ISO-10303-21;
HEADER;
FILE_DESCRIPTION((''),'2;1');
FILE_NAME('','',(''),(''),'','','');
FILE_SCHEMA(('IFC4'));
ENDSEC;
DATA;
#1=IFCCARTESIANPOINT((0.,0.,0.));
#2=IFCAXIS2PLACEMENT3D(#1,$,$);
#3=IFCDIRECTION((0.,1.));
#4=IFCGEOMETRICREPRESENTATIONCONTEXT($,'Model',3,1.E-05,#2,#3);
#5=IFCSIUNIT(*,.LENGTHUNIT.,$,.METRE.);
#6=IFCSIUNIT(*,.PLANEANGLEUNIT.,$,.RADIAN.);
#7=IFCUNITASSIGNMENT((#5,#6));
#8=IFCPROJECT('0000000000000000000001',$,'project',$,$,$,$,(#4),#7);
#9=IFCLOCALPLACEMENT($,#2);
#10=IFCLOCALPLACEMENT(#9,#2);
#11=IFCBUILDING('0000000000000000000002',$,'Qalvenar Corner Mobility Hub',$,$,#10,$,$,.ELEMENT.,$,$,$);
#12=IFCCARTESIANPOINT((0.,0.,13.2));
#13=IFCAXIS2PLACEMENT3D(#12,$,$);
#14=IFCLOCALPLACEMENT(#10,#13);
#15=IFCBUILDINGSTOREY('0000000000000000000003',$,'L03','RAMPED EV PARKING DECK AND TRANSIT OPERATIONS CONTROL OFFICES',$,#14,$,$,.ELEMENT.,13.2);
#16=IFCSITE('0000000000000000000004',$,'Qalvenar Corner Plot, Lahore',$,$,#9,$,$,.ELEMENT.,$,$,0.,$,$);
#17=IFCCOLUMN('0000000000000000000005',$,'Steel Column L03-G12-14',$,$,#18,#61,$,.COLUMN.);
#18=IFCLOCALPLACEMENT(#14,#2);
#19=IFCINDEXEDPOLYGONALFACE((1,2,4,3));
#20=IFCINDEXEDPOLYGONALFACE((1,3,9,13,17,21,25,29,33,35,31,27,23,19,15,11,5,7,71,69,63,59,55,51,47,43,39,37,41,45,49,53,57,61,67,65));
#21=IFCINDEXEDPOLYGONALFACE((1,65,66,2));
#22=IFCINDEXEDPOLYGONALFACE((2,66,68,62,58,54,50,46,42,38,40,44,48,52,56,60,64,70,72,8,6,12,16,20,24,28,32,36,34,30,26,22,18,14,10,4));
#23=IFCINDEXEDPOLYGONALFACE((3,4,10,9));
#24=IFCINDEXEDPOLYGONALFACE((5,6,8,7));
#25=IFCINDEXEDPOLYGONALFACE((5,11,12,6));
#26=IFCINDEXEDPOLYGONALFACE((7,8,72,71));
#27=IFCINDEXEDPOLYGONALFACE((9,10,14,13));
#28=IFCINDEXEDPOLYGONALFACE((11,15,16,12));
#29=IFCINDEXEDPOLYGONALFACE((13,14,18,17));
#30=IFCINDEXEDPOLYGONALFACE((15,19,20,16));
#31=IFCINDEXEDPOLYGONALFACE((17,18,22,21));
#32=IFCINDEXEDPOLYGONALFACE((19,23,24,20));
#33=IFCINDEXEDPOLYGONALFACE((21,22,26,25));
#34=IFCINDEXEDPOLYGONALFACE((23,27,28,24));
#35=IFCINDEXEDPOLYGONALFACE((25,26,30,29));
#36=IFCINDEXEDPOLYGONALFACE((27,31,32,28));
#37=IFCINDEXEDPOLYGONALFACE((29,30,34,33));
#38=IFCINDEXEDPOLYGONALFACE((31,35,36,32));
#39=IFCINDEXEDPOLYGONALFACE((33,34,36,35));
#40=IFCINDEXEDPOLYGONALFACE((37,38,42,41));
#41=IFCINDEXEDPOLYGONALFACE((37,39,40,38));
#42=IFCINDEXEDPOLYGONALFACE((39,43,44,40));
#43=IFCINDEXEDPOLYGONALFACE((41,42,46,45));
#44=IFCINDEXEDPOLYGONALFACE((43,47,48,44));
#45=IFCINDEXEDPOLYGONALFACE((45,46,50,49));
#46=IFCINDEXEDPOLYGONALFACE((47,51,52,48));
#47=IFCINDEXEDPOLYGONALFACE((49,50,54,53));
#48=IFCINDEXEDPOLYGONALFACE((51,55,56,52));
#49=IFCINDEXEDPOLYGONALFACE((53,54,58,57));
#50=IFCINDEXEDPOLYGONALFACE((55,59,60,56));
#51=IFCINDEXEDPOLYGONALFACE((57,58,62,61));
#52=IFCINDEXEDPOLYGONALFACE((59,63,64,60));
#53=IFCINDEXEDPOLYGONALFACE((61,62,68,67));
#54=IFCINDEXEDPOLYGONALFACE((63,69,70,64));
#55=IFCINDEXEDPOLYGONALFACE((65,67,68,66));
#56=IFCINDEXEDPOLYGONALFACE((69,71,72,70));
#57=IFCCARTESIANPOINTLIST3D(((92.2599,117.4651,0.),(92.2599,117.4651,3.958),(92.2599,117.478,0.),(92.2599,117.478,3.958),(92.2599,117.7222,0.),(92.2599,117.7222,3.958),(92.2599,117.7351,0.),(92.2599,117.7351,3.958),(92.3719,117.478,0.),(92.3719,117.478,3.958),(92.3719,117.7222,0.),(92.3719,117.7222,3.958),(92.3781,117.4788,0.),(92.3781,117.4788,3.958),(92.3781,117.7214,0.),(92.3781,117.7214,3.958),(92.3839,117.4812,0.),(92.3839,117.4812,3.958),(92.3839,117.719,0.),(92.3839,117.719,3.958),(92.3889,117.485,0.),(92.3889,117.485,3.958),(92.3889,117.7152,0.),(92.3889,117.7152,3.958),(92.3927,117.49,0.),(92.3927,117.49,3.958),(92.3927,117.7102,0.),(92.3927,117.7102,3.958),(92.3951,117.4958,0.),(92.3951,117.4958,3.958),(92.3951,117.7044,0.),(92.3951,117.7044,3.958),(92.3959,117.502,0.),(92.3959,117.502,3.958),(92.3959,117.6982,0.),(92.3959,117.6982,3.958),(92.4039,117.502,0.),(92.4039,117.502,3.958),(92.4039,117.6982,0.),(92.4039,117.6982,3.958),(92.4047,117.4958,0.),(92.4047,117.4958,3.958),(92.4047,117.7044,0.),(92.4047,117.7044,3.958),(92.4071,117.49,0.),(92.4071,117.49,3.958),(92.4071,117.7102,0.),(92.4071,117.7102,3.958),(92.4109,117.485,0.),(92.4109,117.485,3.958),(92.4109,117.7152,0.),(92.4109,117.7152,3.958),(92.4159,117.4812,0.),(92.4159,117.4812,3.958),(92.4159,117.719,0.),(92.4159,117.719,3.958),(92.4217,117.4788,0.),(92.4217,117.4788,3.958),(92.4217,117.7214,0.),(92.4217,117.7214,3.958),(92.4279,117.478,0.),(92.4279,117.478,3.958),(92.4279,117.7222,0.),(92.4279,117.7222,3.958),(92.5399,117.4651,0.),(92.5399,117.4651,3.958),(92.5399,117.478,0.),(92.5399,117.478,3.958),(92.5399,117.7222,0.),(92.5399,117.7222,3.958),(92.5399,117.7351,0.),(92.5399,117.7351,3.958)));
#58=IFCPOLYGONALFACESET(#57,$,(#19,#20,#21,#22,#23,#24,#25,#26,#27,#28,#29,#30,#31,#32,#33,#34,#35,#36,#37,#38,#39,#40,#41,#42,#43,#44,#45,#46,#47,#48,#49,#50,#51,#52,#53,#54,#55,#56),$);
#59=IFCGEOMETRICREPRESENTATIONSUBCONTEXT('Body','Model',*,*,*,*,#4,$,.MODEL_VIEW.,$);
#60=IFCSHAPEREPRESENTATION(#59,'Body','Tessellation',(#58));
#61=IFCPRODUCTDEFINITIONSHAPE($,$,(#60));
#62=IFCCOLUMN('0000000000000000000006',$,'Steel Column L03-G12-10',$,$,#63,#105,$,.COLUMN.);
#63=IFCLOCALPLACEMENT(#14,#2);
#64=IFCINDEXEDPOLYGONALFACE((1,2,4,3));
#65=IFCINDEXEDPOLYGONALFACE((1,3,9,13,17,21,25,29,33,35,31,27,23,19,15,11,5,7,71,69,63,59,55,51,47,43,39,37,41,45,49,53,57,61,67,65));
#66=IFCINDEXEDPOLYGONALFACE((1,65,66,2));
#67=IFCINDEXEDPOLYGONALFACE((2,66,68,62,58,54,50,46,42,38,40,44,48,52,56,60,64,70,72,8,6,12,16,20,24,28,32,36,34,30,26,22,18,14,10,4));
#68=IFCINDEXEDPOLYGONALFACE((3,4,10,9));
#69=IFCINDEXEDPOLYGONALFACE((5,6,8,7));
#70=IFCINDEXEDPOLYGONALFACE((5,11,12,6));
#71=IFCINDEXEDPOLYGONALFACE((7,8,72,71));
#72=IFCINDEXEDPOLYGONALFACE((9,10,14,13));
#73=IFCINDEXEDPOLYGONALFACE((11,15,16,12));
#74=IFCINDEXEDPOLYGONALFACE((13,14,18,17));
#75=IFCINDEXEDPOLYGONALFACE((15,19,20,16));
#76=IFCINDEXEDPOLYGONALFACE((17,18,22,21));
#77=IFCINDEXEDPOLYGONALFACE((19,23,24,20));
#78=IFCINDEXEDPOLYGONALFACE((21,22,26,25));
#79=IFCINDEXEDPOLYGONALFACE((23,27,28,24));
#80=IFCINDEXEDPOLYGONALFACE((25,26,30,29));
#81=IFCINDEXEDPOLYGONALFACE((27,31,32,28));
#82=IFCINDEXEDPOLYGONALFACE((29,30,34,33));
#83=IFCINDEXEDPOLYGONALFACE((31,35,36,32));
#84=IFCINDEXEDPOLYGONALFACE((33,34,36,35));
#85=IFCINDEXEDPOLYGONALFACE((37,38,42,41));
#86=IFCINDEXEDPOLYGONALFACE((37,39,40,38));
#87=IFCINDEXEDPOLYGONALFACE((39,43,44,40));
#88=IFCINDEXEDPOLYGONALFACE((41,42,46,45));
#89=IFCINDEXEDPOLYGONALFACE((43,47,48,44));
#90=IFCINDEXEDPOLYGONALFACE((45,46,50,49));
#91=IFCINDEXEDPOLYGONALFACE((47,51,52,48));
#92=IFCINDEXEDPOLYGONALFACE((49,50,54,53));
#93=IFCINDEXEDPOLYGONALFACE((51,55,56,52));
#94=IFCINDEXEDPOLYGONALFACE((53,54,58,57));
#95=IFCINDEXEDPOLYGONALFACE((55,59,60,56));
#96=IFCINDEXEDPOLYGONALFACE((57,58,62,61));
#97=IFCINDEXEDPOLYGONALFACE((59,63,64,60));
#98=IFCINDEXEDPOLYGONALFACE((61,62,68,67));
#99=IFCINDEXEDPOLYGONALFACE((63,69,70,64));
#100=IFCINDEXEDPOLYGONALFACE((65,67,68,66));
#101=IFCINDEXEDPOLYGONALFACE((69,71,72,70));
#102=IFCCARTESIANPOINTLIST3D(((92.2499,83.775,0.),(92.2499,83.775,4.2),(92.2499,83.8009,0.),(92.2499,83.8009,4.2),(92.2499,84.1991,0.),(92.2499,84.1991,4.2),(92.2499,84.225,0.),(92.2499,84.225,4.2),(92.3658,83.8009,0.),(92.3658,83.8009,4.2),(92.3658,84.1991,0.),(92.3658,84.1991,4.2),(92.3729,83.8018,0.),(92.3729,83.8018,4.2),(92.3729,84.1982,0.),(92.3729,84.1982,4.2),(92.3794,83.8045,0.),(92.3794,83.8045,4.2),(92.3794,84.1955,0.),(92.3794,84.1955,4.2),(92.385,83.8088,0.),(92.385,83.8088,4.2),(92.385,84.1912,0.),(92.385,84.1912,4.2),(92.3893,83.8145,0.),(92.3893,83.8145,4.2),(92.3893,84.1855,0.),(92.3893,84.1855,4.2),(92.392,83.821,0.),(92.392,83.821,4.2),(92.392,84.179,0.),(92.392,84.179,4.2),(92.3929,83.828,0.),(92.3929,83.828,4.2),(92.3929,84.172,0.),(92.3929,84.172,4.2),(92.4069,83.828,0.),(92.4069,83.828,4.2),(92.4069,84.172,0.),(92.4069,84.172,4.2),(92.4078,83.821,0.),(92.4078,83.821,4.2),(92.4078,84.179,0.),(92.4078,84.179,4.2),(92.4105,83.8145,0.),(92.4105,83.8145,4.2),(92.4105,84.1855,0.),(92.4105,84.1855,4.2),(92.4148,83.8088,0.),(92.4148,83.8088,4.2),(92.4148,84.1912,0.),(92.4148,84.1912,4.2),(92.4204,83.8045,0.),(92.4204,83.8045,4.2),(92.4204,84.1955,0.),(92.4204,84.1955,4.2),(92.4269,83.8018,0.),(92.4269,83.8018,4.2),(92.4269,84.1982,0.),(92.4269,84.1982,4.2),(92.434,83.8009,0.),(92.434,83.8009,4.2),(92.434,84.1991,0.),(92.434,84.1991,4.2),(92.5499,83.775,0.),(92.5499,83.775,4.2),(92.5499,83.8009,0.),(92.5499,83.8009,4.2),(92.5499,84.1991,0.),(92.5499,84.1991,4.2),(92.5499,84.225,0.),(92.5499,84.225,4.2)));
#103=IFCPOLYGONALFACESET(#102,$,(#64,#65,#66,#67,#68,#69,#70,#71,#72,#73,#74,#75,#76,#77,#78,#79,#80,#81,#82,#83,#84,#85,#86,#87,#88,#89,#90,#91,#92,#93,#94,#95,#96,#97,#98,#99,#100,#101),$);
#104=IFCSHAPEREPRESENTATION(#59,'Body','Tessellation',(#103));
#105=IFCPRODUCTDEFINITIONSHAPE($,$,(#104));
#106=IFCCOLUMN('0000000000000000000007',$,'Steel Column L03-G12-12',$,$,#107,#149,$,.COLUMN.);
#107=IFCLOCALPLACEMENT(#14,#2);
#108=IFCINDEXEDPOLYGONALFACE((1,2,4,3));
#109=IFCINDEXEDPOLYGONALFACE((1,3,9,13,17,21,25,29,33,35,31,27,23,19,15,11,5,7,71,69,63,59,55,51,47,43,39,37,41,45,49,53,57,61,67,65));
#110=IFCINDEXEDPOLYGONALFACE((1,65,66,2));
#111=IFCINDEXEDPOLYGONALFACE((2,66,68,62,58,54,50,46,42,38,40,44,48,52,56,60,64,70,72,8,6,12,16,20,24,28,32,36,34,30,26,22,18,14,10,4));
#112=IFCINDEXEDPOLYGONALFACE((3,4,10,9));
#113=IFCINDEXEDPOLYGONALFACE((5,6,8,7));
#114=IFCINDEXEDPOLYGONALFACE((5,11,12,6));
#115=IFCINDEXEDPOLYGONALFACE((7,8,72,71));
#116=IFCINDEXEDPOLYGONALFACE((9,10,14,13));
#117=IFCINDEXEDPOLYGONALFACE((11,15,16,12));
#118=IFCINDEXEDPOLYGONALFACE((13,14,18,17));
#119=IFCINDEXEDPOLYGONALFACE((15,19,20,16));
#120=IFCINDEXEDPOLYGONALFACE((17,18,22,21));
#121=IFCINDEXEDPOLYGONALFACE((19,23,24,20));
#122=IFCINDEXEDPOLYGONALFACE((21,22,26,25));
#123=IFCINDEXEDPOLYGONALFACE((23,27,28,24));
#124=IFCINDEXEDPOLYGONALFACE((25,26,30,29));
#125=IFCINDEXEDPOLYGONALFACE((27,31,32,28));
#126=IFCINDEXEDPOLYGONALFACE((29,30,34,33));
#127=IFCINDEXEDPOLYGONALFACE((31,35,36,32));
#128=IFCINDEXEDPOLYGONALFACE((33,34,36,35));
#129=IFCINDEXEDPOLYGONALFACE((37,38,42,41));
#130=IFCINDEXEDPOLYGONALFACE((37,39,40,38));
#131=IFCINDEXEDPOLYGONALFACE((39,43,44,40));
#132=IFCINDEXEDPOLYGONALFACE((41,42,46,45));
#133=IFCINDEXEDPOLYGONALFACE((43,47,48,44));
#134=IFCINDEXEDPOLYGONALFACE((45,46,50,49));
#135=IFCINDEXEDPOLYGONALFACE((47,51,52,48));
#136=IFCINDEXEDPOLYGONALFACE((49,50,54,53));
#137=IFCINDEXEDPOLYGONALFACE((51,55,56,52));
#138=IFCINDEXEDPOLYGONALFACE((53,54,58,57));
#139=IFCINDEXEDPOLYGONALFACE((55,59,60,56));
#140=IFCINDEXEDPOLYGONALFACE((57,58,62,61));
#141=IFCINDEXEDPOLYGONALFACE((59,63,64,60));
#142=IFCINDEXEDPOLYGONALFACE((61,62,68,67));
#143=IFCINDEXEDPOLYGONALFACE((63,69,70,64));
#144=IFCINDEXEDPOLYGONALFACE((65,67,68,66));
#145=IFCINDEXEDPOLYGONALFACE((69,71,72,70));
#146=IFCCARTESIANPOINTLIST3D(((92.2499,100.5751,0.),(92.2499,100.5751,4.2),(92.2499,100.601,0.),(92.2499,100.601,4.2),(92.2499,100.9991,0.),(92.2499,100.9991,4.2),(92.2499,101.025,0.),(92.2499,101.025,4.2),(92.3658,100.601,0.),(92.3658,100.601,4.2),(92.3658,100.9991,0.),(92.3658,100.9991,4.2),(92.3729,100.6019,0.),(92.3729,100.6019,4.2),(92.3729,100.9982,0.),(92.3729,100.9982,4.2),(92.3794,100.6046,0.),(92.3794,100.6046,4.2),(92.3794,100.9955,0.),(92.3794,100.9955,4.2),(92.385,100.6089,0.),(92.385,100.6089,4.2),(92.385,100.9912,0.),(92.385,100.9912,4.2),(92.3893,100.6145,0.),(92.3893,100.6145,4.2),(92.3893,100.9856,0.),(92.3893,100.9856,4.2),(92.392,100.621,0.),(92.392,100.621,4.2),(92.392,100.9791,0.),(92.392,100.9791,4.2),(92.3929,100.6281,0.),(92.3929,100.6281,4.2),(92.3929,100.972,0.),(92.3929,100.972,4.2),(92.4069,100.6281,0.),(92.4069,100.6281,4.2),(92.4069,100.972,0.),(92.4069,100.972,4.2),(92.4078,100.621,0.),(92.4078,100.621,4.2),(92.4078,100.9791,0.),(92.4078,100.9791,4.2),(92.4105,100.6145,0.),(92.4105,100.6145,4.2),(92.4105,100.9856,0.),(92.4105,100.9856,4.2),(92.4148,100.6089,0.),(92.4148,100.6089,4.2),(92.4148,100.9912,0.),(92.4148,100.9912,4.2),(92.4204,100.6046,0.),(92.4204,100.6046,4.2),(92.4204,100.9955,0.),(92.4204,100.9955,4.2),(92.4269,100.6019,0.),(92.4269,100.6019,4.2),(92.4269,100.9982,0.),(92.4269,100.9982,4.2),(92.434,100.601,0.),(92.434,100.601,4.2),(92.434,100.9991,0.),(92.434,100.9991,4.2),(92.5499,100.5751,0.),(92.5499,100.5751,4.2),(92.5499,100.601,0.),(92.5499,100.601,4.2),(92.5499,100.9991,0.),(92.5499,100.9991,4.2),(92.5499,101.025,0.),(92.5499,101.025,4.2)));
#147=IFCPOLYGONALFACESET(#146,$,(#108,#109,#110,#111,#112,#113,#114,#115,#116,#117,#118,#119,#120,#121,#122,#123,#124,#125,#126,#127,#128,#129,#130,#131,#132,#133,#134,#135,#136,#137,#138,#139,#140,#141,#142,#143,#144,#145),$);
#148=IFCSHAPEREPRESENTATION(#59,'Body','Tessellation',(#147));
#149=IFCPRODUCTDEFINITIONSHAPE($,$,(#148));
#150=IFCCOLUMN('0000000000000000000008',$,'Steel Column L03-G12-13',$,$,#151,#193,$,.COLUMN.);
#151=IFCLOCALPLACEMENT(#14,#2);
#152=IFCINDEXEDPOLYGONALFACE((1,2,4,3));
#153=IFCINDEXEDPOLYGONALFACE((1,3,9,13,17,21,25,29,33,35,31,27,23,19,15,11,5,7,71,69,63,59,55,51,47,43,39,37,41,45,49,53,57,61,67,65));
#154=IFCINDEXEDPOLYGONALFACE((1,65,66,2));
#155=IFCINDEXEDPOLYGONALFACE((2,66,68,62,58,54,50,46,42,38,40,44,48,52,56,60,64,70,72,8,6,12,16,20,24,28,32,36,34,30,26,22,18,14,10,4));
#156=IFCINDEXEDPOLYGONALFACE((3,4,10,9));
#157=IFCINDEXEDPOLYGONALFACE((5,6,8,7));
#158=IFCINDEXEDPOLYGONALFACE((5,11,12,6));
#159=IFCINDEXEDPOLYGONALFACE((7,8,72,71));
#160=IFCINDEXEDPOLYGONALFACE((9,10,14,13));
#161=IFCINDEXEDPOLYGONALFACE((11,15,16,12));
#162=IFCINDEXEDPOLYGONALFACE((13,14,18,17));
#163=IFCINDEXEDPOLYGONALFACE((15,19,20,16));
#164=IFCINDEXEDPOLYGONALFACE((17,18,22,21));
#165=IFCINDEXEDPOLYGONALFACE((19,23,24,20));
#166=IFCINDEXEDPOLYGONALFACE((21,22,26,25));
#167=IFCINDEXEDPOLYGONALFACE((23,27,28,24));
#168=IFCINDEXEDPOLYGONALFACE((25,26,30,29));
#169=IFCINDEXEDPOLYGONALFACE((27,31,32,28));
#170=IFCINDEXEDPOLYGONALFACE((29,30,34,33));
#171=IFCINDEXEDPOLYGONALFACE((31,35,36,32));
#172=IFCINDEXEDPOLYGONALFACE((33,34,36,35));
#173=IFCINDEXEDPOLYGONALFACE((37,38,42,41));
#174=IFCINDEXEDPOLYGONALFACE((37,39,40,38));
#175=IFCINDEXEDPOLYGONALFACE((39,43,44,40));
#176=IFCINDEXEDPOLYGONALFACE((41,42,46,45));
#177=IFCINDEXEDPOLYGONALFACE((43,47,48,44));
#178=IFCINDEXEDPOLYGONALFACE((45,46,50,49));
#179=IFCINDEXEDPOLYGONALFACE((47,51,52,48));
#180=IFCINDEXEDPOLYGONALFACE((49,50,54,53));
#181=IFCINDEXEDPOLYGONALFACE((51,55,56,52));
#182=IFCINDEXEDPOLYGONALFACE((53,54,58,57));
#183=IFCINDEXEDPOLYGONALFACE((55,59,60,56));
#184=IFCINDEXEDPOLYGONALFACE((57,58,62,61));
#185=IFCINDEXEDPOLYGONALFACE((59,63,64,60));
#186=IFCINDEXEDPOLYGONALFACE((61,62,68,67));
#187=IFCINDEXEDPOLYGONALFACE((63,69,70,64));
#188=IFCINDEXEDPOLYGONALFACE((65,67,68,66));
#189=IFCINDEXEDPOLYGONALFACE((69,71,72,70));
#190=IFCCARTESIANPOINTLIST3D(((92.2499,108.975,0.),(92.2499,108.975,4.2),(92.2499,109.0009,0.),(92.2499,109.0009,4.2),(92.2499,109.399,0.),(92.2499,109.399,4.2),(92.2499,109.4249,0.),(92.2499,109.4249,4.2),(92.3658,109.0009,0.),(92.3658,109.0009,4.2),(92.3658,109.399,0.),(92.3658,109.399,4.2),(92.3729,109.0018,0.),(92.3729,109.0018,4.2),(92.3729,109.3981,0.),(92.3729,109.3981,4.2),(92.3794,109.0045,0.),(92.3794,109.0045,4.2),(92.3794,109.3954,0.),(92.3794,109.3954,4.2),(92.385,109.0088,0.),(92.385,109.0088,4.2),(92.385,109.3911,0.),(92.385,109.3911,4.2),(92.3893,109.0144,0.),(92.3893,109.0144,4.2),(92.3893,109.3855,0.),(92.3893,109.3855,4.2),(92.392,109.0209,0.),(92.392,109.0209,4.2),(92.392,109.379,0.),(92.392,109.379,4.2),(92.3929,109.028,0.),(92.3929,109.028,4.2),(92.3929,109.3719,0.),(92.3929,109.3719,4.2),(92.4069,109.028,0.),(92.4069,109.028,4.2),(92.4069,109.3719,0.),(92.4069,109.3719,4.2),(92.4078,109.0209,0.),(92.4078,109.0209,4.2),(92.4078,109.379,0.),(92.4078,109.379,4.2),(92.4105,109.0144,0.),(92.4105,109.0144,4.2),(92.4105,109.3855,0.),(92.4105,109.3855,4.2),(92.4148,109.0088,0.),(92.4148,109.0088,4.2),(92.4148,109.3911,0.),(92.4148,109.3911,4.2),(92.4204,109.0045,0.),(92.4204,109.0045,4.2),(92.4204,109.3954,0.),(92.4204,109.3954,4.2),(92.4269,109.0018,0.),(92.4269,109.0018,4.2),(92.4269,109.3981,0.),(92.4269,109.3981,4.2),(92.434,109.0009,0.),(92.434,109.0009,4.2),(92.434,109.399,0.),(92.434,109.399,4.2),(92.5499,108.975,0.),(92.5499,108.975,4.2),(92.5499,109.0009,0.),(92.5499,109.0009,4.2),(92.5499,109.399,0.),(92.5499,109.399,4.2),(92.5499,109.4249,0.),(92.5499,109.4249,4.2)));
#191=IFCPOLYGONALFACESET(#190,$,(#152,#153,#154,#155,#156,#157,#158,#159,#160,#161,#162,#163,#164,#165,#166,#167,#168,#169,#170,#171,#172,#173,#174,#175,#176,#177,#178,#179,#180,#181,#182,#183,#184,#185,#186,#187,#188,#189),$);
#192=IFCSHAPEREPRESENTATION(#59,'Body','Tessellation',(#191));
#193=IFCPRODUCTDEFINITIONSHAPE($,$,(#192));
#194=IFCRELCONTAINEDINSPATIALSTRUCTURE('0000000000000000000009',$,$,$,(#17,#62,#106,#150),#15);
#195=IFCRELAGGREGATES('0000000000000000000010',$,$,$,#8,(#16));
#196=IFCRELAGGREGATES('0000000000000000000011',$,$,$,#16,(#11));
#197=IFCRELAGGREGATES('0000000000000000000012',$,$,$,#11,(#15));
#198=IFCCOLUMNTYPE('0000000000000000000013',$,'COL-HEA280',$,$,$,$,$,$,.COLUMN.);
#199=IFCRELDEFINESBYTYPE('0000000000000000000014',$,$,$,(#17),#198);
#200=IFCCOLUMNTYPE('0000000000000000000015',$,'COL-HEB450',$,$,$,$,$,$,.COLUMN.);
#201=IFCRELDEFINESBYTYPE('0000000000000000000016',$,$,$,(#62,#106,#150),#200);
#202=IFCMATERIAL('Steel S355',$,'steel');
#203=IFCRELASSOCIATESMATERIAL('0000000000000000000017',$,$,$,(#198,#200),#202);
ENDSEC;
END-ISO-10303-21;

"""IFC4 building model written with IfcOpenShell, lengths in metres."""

from ifc_helpers import new_model, si_unit, direction, frame, origin, origin_2d, place, context, subcontext, project, spatial, i_section, extrude, material, material_profile, profile_set, type_object, element, save


model = new_model("IFC4")

# Units and contexts
model_context = context("Model", 3, precision=1e-05, world=origin(), true_north=direction((0.0, 1.0)))
body_context = subcontext(model_context, "Body", "Model", "MODEL_VIEW")
ifc_project = project(units=[si_unit("LENGTHUNIT", "METRE"), si_unit("PLANEANGLEUNIT", "RADIAN")], contexts=[model_context])

# Site, building, storey
site_placement = place(None, origin())
site = spatial("IfcSite", under=ifc_project, at=site_placement, Name="Qalvenar Corner Plot, Lahore", CompositionType="ELEMENT", RefElevation=0.0)
building_placement = place(site_placement, origin())
building = spatial("IfcBuilding", under=site, at=building_placement, Name="Qalvenar Corner Mobility Hub", CompositionType="ELEMENT")
storey_placement = place(building_placement, frame((0.0, 0.0, 13.2)))
storey = spatial("IfcBuildingStorey", under=building, at=storey_placement, Name="L03", Description="RAMPED EV PARKING DECK AND TRANSIT OPERATIONS CONTROL OFFICES", CompositionType="ELEMENT", Elevation=13.2)

# Columns
ifc_material = material(Name="Steel S355", Category="steel")
ifc_material_profile_1 = material_profile(ifc_material, i_section(OverallWidth=0.28, OverallDepth=0.27, WebThickness=0.0081, FlangeThickness=0.0129, FilletRadius=0.0239, at=origin_2d()), Name="HEA280")
ifc_profile_set_1 = profile_set([ifc_material_profile_1], Name="Steel S355")
column_type_1 = type_object("IfcColumnType", Name="COL-HEA280", PredefinedType="COLUMN", material=ifc_profile_set_1)
column_placement = place(storey_placement, frame((92.3999, 117.6001, 0.0), z_axis=(0.0, 0.0, 1.0), x_axis=(1.0, 0.0, 0.0)))
element("IfcColumn", 1, at=column_placement, inside=storey, type_object=column_type_1, Name="Steel Column L03-G12-14", PredefinedType="COLUMN", context=body_context, shape_type="SweptSolid", body=[
    extrude(i_section(OverallWidth=0.28, OverallDepth=0.27, WebThickness=0.0081, FlangeThickness=0.0129, FilletRadius=0.0239, at=origin_2d()), origin(), (0.0, 0.0, 1.0), 3.958),
])
ifc_material_profile_2 = material_profile(ifc_material, i_section(OverallWidth=0.3, OverallDepth=0.45, WebThickness=0.0139, FlangeThickness=0.0259, FilletRadius=0.0271, at=origin_2d()), Name="HEB450")
ifc_profile_set_2 = profile_set([ifc_material_profile_2], Name="Steel S355")
column_type_2 = type_object("IfcColumnType", Name="COL-HEB450", PredefinedType="COLUMN", material=ifc_profile_set_2)
for number, where, z_axis, x_axis, name in (
    (2, (92.3999, 84.0, 0.0), (0.0, 0.0, 1.0), (1.0, 0.0, 0.0), "Steel Column L03-G12-10"),
    (3, (92.3999, 100.8, 0.0), (0.0, 0.0, 1.0), (1.0, 0.0, 0.0), "Steel Column L03-G12-12"),
    (4, (92.3999, 109.2, 0.0), (0.0, 0.0, 1.0), (1.0, 0.0, 0.0), "Steel Column L03-G12-13"),
):
    element("IfcColumn", number, at=place(storey_placement, frame(where, z_axis=z_axis, x_axis=x_axis)), inside=storey, type_object=column_type_2, Name=name, PredefinedType="COLUMN", context=body_context, shape_type="SweptSolid", body=[
        extrude(i_section(OverallWidth=0.3, OverallDepth=0.45, WebThickness=0.0139, FlangeThickness=0.0259, FilletRadius=0.0271, at=origin_2d()), origin(), (0.0, 0.0, 1.0), 4.2),
    ])

save(model, "model.ifc")
